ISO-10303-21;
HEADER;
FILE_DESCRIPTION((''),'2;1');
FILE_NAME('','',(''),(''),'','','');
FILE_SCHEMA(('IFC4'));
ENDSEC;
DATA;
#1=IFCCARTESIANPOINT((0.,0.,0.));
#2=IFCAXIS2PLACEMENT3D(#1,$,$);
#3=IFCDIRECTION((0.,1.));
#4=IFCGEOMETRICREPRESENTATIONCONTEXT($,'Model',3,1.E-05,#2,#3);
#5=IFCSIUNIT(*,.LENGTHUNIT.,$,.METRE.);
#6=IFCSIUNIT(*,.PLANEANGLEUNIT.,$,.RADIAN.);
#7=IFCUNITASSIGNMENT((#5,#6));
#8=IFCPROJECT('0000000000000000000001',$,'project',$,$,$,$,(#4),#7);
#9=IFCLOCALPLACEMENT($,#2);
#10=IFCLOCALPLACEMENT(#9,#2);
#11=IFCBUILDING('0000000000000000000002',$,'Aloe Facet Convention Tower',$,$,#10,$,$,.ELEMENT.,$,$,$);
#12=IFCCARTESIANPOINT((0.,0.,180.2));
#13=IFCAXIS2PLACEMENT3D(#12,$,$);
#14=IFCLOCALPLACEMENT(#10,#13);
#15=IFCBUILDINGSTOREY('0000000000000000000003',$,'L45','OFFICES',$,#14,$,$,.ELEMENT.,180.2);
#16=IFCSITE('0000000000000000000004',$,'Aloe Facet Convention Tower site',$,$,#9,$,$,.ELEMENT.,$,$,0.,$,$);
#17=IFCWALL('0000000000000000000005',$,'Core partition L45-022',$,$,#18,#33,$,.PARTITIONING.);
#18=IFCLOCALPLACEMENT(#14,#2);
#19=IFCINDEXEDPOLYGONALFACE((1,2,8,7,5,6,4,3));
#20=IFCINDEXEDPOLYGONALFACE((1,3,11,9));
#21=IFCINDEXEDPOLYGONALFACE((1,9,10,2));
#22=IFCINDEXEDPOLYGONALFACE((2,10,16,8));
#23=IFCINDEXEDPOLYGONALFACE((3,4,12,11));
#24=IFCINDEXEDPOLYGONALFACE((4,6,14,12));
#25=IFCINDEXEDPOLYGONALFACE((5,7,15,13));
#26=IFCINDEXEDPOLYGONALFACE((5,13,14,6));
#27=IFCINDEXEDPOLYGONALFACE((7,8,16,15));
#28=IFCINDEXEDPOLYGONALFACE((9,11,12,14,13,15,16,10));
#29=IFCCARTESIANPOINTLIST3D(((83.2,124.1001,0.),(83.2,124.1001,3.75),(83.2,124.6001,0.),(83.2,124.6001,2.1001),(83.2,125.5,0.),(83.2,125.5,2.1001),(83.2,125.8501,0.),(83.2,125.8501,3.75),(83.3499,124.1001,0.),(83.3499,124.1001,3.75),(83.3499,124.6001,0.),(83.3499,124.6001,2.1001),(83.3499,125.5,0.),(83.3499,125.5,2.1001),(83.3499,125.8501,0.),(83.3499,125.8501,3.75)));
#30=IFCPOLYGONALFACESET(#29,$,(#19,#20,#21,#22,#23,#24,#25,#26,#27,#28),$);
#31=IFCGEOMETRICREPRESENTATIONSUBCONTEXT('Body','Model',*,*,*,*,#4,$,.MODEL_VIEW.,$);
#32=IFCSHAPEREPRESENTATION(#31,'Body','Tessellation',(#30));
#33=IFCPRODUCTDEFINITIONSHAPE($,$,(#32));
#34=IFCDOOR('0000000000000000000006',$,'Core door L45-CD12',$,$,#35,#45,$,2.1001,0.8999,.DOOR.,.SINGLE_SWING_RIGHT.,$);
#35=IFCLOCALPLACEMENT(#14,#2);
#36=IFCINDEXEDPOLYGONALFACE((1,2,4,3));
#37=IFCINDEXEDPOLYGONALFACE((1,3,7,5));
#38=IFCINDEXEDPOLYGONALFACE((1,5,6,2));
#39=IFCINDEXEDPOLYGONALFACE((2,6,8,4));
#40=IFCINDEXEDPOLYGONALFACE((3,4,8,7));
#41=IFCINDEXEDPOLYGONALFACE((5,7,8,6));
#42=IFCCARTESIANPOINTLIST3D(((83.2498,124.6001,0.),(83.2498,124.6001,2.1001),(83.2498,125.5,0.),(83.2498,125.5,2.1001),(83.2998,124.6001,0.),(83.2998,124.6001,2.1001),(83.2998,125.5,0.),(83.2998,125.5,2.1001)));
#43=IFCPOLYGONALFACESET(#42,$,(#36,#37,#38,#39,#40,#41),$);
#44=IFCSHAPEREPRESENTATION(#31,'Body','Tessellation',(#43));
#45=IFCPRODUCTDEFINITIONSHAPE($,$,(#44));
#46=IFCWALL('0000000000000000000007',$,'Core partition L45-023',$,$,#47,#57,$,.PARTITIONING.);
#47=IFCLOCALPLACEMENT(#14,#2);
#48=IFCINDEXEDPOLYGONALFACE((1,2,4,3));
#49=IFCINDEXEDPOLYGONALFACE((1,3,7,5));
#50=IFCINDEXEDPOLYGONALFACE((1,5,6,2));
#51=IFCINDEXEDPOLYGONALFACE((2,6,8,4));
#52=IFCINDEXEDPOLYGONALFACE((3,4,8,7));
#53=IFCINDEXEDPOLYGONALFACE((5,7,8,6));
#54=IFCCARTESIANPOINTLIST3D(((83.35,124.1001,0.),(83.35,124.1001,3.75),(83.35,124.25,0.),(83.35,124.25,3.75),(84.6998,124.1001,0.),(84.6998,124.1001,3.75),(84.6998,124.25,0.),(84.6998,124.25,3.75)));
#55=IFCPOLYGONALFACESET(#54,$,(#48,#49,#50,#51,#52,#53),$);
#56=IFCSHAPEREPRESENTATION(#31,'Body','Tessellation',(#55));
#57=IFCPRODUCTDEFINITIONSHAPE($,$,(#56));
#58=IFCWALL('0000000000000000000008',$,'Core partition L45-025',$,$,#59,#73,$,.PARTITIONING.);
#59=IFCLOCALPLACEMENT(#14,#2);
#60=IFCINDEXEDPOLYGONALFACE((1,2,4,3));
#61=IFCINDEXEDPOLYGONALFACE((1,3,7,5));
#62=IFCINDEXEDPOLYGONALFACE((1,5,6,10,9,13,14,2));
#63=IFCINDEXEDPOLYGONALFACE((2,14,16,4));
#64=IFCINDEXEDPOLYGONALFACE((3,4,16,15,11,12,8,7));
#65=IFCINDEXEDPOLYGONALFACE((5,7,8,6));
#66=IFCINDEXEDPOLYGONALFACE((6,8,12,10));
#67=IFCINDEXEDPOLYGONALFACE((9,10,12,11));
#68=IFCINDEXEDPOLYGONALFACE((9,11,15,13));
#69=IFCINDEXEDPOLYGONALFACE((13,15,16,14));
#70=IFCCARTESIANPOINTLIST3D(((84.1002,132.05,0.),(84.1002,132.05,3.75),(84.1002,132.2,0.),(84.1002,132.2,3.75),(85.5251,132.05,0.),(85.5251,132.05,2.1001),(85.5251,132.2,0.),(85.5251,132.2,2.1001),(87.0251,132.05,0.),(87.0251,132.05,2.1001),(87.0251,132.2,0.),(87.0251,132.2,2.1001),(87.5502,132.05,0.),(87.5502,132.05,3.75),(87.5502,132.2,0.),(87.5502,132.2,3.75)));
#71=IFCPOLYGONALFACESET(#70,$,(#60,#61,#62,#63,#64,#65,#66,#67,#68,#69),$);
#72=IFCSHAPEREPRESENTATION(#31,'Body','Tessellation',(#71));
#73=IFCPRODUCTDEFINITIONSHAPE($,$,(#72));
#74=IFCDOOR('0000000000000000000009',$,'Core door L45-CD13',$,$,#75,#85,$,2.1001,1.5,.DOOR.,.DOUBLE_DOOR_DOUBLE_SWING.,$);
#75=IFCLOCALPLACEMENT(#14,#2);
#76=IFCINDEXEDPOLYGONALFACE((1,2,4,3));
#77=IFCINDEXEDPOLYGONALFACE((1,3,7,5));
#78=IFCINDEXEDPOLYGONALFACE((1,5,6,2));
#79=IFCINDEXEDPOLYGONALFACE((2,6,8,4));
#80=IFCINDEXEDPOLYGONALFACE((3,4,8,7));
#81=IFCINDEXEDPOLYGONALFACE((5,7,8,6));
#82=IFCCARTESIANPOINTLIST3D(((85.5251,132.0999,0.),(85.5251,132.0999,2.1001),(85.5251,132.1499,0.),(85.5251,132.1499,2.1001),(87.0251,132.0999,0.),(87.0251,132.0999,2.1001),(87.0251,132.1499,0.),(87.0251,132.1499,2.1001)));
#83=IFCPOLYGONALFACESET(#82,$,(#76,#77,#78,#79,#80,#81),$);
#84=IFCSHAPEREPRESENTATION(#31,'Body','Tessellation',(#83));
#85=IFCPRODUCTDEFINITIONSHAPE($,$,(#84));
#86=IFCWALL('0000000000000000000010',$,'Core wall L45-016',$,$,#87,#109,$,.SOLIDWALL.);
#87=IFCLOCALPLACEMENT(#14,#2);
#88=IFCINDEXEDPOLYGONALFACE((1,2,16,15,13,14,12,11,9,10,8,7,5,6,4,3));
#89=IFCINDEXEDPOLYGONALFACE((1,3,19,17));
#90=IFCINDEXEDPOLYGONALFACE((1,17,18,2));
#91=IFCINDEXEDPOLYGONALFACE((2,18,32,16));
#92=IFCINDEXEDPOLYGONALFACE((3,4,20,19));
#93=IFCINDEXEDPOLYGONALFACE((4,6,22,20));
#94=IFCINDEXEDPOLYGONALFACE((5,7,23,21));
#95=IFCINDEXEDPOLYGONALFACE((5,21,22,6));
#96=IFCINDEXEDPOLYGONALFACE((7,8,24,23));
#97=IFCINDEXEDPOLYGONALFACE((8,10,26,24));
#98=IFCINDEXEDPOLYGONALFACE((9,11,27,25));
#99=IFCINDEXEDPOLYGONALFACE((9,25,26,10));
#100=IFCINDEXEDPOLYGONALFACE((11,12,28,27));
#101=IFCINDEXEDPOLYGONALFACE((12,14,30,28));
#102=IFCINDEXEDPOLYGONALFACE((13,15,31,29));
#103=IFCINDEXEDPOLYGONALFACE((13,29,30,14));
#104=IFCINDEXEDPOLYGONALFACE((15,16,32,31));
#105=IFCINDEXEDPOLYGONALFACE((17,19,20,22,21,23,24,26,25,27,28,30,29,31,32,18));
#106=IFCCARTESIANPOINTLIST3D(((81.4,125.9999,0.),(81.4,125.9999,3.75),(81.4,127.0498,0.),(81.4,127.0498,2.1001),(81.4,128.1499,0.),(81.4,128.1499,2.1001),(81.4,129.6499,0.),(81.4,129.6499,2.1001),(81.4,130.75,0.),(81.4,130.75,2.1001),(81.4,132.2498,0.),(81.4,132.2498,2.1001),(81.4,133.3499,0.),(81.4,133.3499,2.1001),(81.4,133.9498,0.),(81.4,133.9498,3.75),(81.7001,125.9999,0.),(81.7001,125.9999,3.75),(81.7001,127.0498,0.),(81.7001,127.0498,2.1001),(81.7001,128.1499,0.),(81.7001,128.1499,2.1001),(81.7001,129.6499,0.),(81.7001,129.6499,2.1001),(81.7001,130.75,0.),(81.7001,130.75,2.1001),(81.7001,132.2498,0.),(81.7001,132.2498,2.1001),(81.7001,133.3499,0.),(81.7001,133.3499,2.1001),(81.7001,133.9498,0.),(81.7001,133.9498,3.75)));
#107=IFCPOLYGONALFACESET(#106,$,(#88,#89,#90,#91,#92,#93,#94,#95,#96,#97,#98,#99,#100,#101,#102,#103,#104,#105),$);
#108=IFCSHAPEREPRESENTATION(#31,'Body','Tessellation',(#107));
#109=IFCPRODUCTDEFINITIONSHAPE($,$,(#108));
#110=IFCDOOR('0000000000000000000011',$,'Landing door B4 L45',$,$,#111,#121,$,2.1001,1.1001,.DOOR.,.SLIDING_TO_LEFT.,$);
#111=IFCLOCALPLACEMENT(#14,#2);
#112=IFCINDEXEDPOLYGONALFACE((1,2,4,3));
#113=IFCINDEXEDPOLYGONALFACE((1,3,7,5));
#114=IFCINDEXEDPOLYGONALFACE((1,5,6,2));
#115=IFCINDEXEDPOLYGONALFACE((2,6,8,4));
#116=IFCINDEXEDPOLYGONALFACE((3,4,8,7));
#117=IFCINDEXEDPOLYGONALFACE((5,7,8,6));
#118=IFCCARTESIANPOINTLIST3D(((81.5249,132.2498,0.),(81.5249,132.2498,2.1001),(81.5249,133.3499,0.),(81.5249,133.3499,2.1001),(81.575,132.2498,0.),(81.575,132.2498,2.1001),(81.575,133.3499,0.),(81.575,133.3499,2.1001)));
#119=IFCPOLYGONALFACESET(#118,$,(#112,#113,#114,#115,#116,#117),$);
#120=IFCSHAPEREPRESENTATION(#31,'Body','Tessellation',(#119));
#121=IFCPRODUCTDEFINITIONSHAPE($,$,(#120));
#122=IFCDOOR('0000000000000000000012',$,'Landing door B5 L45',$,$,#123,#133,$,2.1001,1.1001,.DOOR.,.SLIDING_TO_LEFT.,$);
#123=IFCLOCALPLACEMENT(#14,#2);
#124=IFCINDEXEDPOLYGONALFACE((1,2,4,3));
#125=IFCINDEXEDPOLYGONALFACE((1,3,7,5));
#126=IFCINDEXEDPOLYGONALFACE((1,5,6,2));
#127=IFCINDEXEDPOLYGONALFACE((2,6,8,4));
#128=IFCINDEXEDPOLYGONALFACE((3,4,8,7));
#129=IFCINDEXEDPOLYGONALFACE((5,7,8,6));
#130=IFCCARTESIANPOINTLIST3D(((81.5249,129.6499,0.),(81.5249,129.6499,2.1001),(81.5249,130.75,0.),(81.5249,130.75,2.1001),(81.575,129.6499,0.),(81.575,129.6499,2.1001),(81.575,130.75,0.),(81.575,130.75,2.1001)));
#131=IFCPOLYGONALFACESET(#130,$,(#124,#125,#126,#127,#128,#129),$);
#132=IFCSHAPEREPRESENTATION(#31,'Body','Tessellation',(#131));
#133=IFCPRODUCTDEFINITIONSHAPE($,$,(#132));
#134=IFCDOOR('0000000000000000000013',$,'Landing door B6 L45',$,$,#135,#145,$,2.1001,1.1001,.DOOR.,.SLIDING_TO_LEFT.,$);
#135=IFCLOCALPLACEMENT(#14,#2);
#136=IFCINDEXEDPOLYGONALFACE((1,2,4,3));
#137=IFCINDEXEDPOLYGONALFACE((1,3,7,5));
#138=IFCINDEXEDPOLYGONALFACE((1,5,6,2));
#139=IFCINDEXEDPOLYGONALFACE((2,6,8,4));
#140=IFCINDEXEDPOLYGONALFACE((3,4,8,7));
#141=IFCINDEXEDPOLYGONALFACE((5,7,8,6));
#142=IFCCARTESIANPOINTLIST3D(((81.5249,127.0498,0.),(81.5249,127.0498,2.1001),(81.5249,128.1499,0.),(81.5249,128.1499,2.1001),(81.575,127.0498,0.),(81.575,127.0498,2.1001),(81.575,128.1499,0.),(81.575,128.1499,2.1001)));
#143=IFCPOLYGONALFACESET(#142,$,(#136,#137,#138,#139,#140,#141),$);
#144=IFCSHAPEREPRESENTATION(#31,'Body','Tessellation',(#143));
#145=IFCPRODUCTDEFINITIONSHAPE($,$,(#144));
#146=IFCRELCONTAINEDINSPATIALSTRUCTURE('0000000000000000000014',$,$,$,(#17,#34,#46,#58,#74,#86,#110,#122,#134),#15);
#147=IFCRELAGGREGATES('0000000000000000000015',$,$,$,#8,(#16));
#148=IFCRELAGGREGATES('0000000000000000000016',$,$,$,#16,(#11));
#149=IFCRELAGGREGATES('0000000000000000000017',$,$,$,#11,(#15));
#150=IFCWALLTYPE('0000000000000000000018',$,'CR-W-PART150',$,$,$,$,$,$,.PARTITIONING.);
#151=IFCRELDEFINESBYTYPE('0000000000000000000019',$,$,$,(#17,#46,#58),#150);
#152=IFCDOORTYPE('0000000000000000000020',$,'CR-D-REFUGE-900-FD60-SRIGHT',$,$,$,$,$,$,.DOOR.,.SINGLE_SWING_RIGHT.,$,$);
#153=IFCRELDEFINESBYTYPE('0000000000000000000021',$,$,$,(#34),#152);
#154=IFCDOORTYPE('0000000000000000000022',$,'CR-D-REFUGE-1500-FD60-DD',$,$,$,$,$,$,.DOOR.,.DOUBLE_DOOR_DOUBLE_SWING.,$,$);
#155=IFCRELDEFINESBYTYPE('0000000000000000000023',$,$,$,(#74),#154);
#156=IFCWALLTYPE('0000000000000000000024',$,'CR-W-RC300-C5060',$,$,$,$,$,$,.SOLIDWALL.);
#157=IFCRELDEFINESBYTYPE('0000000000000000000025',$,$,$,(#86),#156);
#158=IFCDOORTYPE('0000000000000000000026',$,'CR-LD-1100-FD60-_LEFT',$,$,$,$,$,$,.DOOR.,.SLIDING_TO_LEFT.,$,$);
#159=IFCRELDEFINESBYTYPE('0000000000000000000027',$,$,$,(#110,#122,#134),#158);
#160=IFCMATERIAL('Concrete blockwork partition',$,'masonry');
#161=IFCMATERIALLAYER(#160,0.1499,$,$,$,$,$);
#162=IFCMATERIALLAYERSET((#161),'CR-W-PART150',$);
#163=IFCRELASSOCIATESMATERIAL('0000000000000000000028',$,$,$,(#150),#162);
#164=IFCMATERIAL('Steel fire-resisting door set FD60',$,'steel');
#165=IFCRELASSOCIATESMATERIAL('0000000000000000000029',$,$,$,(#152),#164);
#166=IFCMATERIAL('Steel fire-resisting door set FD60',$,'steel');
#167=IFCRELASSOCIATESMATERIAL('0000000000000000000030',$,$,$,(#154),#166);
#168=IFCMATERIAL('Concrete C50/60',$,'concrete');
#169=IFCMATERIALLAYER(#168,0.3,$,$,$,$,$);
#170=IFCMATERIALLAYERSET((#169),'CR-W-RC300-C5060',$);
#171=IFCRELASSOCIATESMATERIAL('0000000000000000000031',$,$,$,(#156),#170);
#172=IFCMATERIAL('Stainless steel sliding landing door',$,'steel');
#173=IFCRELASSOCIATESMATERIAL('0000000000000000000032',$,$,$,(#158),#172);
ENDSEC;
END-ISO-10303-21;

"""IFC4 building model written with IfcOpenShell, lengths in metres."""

from ifc_helpers import new_model, si_unit, direction, frame, frame_2d, origin, place, context, subcontext, project, spatial, rectangle, extrude, material, layer, layer_set, type_object, element, fill, save


model = new_model("IFC4")

# Units and contexts
model_context = context("Model", 3, precision=1e-05, world=origin(), true_north=direction((0.0, 1.0)))
body_context = subcontext(model_context, "Body", "Model", "MODEL_VIEW")
ifc_project = project(units=[si_unit("LENGTHUNIT", "METRE"), si_unit("PLANEANGLEUNIT", "RADIAN")], contexts=[model_context])

# Site, building, storey
site_placement = place(None, origin())
site = spatial("IfcSite", under=ifc_project, at=site_placement, Name="Aloe Facet Convention Tower site", CompositionType="ELEMENT", RefElevation=0.0)
building_placement = place(site_placement, origin())
building = spatial("IfcBuilding", under=site, at=building_placement, Name="Aloe Facet Convention Tower", CompositionType="ELEMENT")
storey_placement = place(building_placement, frame((0.0, 0.0, 180.2)))
storey = spatial("IfcBuildingStorey", under=building, at=storey_placement, Name="L45", Description="OFFICES", CompositionType="ELEMENT", Elevation=180.2)

# Wall, opening, door
ifc_material_1 = material(Name="Concrete blockwork partition", Category="masonry")
ifc_layer_1 = layer(ifc_material_1, 0.1499)
ifc_layer_set_1 = layer_set([ifc_layer_1], Name="CR-W-PART150")
wall_type_1 = type_object("IfcWallType", Name="CR-W-PART150", PredefinedType="PARTITIONING", material=ifc_layer_set_1)
wall_1_placement = place(storey_placement, frame((83.2749, 125.8501, 0.0), z_axis=(0.0, 0.0, 1.0), x_axis=(0.0, -1.0, 0.0)))
wall_1 = element("IfcWall", 1, at=wall_1_placement, inside=storey, type_object=wall_type_1, Name="Core partition L45-022", PredefinedType="PARTITIONING", context=body_context, shape_type="SweptSolid", body=[
    extrude(rectangle(XDim=1.75, YDim=0.1499, at=frame_2d((0.875, 0.0))), origin(), (0.0, 0.0, 1.0), 3.75),
])
opening_1_placement = place(wall_1_placement, frame((0.3501, 0.0, 0.0)))
opening_1 = element("IfcOpeningElement", 2, at=opening_1_placement, cuts=wall_1, PredefinedType="OPENING", context=body_context, shape_type="SweptSolid", body=[
    extrude(rectangle(XDim=0.8999, YDim=2.1001, at=frame_2d((0.45, 1.05))), frame((0.0, 0.085, 0.0), z_axis=(0.0, -1.0, 0.0), x_axis=(1.0, 0.0, 0.0)), (0.0, 0.0, 1.0), 0.1699),
])
ifc_material_2 = material(Name="Steel fire-resisting door set FD60", Category="steel")
door_type_1 = type_object("IfcDoorType", Name="CR-D-REFUGE-900-FD60-SRIGHT", OperationType="SINGLE_SWING_RIGHT", PredefinedType="DOOR", material=ifc_material_2)
door_1_placement = place(opening_1_placement, origin())
door_1 = element("IfcDoor", 3, at=door_1_placement, inside=storey, type_object=door_type_1, Name="Core door L45-CD12", OperationType="SINGLE_SWING_RIGHT", OverallHeight=2.1001, OverallWidth=0.8999, PredefinedType="DOOR", context=body_context, shape_type="SweptSolid", body=[
    extrude(rectangle(XDim=0.8999, YDim=2.1001, at=frame_2d((0.45, 1.05))), frame((0.0, 0.0249, 0.0), z_axis=(0.0, -1.0, 0.0), x_axis=(1.0, 0.0, 0.0)), (0.0, 0.0, 1.0), 0.05),
])
fill(opening_1, door_1)

# Wall
wall_2_placement = place(storey_placement, frame((83.3501, 124.175, 0.0), z_axis=(0.0, 0.0, 1.0), x_axis=(1.0, 0.0, 0.0)))
element("IfcWall", 4, at=wall_2_placement, inside=storey, type_object=wall_type_1, Name="Core partition L45-023", PredefinedType="PARTITIONING", context=body_context, shape_type="SweptSolid", body=[
    extrude(rectangle(XDim=1.3499, YDim=0.1499, at=frame_2d((0.6748, 0.0))), origin(), (0.0, 0.0, 1.0), 3.75),
])

# Wall, opening, door
wall_3_placement = place(storey_placement, frame((84.1001, 132.125, 0.0), z_axis=(0.0, 0.0, 1.0), x_axis=(1.0, 0.0, 0.0)))
wall_3 = element("IfcWall", 5, at=wall_3_placement, inside=storey, type_object=wall_type_1, Name="Core partition L45-025", PredefinedType="PARTITIONING", context=body_context, shape_type="SweptSolid", body=[
    extrude(rectangle(XDim=3.45, YDim=0.1499, at=frame_2d((1.7251, 0.0))), origin(), (0.0, 0.0, 1.0), 3.75),
])
opening_2_placement = place(wall_3_placement, frame((1.425, 0.0, 0.0)))
opening_2 = element("IfcOpeningElement", 6, at=opening_2_placement, cuts=wall_3, PredefinedType="OPENING", context=body_context, shape_type="SweptSolid", body=[
    extrude(rectangle(XDim=1.5, YDim=2.1001, at=frame_2d((0.75, 1.05))), frame((0.0, 0.085, 0.0), z_axis=(0.0, -1.0, 0.0), x_axis=(1.0, 0.0, 0.0)), (0.0, 0.0, 1.0), 0.1699),
])
ifc_material_3 = material(Name="Steel fire-resisting door set FD60", Category="steel")
door_type_2 = type_object("IfcDoorType", Name="CR-D-REFUGE-1500-FD60-DD", OperationType="DOUBLE_DOOR_DOUBLE_SWING", PredefinedType="DOOR", material=ifc_material_3)
door_2_placement = place(opening_2_placement, origin())
door_2 = element("IfcDoor", 7, at=door_2_placement, inside=storey, type_object=door_type_2, Name="Core door L45-CD13", OperationType="DOUBLE_DOOR_DOUBLE_SWING", OverallHeight=2.1001, OverallWidth=1.5, PredefinedType="DOOR", context=body_context, shape_type="SweptSolid", body=[
    extrude(rectangle(XDim=1.5, YDim=2.1001, at=frame_2d((0.75, 1.05))), frame((0.0, 0.0249, 0.0), z_axis=(0.0, -1.0, 0.0), x_axis=(1.0, 0.0, 0.0)), (0.0, 0.0, 1.0), 0.05),
])
fill(opening_2, door_2)

# Wall, openings, doors
ifc_material_4 = material(Name="Concrete C50/60", Category="concrete")
ifc_layer_2 = layer(ifc_material_4, 0.3)
ifc_layer_set_2 = layer_set([ifc_layer_2], Name="CR-W-RC300-C5060")
wall_type_2 = type_object("IfcWallType", Name="CR-W-RC300-C5060", PredefinedType="SOLIDWALL", material=ifc_layer_set_2)
wall_4_placement = place(storey_placement, frame((81.55, 133.95, 0.0), z_axis=(0.0, 0.0, 1.0), x_axis=(0.0, -1.0, 0.0)))
wall_4 = element("IfcWall", 8, at=wall_4_placement, inside=storey, type_object=wall_type_2, Name="Core wall L45-016", PredefinedType="SOLIDWALL", context=body_context, shape_type="SweptSolid", body=[
    extrude(rectangle(XDim=7.95, YDim=0.3, at=frame_2d((3.9751, 0.0))), origin(), (0.0, 0.0, 1.0), 3.75),
])
opening_3_placement = place(wall_4_placement, frame((0.6001, 0.0, 0.0)))
opening_3 = element("IfcOpeningElement", 9, at=opening_3_placement, cuts=wall_4, PredefinedType="OPENING", context=body_context, shape_type="SweptSolid", body=[
    extrude(rectangle(XDim=1.1001, YDim=2.1001, at=frame_2d((0.55, 1.05))), frame((0.0, 0.1602, 0.0), z_axis=(0.0, -1.0, 0.0), x_axis=(1.0, 0.0, 0.0)), (0.0, 0.0, 1.0), 0.3201),
])
opening_4_placement = place(wall_4_placement, frame((3.2, 0.0, 0.0)))
opening_4 = element("IfcOpeningElement", 10, at=opening_4_placement, cuts=wall_4, PredefinedType="OPENING", context=body_context, shape_type="SweptSolid", body=[
    extrude(rectangle(XDim=1.1001, YDim=2.1001, at=frame_2d((0.55, 1.05))), frame((0.0, 0.1602, 0.0), z_axis=(0.0, -1.0, 0.0), x_axis=(1.0, 0.0, 0.0)), (0.0, 0.0, 1.0), 0.3201),
])
opening_5_placement = place(wall_4_placement, frame((5.8, 0.0, 0.0)))
opening_5 = element("IfcOpeningElement", 11, at=opening_5_placement, cuts=wall_4, PredefinedType="OPENING", context=body_context, shape_type="SweptSolid", body=[
    extrude(rectangle(XDim=1.1001, YDim=2.1001, at=frame_2d((0.55, 1.05))), frame((0.0, 0.1602, 0.0), z_axis=(0.0, -1.0, 0.0), x_axis=(1.0, 0.0, 0.0)), (0.0, 0.0, 1.0), 0.3201),
])
ifc_material_5 = material(Name="Stainless steel sliding landing door", Category="steel")
door_type_3 = type_object("IfcDoorType", Name="CR-LD-1100-FD60-_LEFT", OperationType="SLIDING_TO_LEFT", PredefinedType="DOOR", material=ifc_material_5)
door_3_placement = place(opening_3_placement, origin())
door_3 = element("IfcDoor", 12, at=door_3_placement, inside=storey, type_object=door_type_3, Name="Landing door B4 L45", OperationType="SLIDING_TO_LEFT", OverallHeight=2.1001, OverallWidth=1.1001, PredefinedType="DOOR", context=body_context, shape_type="SweptSolid", body=[
    extrude(rectangle(XDim=1.1001, YDim=2.1001, at=frame_2d((0.55, 1.05))), frame((0.0, 0.0249, 0.0), z_axis=(0.0, -1.0, 0.0), x_axis=(1.0, 0.0, 0.0)), (0.0, 0.0, 1.0), 0.05),
])
fill(opening_3, door_3)
door_4_placement = place(opening_4_placement, origin())
door_4 = element("IfcDoor", 13, at=door_4_placement, inside=storey, type_object=door_type_3, Name="Landing door B5 L45", OperationType="SLIDING_TO_LEFT", OverallHeight=2.1001, OverallWidth=1.1001, PredefinedType="DOOR", context=body_context, shape_type="SweptSolid", body=[
    extrude(rectangle(XDim=1.1001, YDim=2.1001, at=frame_2d((0.55, 1.05))), frame((0.0, 0.0249, 0.0), z_axis=(0.0, -1.0, 0.0), x_axis=(1.0, 0.0, 0.0)), (0.0, 0.0, 1.0), 0.05),
])
fill(opening_4, door_4)
door_5_placement = place(opening_5_placement, origin())
door_5 = element("IfcDoor", 14, at=door_5_placement, inside=storey, type_object=door_type_3, Name="Landing door B6 L45", OperationType="SLIDING_TO_LEFT", OverallHeight=2.1001, OverallWidth=1.1001, PredefinedType="DOOR", context=body_context, shape_type="SweptSolid", body=[
    extrude(rectangle(XDim=1.1001, YDim=2.1001, at=frame_2d((0.55, 1.05))), frame((0.0, 0.0249, 0.0), z_axis=(0.0, -1.0, 0.0), x_axis=(1.0, 0.0, 0.0)), (0.0, 0.0, 1.0), 0.05),
])
fill(opening_5, door_5)

save(model, "model.ifc")
